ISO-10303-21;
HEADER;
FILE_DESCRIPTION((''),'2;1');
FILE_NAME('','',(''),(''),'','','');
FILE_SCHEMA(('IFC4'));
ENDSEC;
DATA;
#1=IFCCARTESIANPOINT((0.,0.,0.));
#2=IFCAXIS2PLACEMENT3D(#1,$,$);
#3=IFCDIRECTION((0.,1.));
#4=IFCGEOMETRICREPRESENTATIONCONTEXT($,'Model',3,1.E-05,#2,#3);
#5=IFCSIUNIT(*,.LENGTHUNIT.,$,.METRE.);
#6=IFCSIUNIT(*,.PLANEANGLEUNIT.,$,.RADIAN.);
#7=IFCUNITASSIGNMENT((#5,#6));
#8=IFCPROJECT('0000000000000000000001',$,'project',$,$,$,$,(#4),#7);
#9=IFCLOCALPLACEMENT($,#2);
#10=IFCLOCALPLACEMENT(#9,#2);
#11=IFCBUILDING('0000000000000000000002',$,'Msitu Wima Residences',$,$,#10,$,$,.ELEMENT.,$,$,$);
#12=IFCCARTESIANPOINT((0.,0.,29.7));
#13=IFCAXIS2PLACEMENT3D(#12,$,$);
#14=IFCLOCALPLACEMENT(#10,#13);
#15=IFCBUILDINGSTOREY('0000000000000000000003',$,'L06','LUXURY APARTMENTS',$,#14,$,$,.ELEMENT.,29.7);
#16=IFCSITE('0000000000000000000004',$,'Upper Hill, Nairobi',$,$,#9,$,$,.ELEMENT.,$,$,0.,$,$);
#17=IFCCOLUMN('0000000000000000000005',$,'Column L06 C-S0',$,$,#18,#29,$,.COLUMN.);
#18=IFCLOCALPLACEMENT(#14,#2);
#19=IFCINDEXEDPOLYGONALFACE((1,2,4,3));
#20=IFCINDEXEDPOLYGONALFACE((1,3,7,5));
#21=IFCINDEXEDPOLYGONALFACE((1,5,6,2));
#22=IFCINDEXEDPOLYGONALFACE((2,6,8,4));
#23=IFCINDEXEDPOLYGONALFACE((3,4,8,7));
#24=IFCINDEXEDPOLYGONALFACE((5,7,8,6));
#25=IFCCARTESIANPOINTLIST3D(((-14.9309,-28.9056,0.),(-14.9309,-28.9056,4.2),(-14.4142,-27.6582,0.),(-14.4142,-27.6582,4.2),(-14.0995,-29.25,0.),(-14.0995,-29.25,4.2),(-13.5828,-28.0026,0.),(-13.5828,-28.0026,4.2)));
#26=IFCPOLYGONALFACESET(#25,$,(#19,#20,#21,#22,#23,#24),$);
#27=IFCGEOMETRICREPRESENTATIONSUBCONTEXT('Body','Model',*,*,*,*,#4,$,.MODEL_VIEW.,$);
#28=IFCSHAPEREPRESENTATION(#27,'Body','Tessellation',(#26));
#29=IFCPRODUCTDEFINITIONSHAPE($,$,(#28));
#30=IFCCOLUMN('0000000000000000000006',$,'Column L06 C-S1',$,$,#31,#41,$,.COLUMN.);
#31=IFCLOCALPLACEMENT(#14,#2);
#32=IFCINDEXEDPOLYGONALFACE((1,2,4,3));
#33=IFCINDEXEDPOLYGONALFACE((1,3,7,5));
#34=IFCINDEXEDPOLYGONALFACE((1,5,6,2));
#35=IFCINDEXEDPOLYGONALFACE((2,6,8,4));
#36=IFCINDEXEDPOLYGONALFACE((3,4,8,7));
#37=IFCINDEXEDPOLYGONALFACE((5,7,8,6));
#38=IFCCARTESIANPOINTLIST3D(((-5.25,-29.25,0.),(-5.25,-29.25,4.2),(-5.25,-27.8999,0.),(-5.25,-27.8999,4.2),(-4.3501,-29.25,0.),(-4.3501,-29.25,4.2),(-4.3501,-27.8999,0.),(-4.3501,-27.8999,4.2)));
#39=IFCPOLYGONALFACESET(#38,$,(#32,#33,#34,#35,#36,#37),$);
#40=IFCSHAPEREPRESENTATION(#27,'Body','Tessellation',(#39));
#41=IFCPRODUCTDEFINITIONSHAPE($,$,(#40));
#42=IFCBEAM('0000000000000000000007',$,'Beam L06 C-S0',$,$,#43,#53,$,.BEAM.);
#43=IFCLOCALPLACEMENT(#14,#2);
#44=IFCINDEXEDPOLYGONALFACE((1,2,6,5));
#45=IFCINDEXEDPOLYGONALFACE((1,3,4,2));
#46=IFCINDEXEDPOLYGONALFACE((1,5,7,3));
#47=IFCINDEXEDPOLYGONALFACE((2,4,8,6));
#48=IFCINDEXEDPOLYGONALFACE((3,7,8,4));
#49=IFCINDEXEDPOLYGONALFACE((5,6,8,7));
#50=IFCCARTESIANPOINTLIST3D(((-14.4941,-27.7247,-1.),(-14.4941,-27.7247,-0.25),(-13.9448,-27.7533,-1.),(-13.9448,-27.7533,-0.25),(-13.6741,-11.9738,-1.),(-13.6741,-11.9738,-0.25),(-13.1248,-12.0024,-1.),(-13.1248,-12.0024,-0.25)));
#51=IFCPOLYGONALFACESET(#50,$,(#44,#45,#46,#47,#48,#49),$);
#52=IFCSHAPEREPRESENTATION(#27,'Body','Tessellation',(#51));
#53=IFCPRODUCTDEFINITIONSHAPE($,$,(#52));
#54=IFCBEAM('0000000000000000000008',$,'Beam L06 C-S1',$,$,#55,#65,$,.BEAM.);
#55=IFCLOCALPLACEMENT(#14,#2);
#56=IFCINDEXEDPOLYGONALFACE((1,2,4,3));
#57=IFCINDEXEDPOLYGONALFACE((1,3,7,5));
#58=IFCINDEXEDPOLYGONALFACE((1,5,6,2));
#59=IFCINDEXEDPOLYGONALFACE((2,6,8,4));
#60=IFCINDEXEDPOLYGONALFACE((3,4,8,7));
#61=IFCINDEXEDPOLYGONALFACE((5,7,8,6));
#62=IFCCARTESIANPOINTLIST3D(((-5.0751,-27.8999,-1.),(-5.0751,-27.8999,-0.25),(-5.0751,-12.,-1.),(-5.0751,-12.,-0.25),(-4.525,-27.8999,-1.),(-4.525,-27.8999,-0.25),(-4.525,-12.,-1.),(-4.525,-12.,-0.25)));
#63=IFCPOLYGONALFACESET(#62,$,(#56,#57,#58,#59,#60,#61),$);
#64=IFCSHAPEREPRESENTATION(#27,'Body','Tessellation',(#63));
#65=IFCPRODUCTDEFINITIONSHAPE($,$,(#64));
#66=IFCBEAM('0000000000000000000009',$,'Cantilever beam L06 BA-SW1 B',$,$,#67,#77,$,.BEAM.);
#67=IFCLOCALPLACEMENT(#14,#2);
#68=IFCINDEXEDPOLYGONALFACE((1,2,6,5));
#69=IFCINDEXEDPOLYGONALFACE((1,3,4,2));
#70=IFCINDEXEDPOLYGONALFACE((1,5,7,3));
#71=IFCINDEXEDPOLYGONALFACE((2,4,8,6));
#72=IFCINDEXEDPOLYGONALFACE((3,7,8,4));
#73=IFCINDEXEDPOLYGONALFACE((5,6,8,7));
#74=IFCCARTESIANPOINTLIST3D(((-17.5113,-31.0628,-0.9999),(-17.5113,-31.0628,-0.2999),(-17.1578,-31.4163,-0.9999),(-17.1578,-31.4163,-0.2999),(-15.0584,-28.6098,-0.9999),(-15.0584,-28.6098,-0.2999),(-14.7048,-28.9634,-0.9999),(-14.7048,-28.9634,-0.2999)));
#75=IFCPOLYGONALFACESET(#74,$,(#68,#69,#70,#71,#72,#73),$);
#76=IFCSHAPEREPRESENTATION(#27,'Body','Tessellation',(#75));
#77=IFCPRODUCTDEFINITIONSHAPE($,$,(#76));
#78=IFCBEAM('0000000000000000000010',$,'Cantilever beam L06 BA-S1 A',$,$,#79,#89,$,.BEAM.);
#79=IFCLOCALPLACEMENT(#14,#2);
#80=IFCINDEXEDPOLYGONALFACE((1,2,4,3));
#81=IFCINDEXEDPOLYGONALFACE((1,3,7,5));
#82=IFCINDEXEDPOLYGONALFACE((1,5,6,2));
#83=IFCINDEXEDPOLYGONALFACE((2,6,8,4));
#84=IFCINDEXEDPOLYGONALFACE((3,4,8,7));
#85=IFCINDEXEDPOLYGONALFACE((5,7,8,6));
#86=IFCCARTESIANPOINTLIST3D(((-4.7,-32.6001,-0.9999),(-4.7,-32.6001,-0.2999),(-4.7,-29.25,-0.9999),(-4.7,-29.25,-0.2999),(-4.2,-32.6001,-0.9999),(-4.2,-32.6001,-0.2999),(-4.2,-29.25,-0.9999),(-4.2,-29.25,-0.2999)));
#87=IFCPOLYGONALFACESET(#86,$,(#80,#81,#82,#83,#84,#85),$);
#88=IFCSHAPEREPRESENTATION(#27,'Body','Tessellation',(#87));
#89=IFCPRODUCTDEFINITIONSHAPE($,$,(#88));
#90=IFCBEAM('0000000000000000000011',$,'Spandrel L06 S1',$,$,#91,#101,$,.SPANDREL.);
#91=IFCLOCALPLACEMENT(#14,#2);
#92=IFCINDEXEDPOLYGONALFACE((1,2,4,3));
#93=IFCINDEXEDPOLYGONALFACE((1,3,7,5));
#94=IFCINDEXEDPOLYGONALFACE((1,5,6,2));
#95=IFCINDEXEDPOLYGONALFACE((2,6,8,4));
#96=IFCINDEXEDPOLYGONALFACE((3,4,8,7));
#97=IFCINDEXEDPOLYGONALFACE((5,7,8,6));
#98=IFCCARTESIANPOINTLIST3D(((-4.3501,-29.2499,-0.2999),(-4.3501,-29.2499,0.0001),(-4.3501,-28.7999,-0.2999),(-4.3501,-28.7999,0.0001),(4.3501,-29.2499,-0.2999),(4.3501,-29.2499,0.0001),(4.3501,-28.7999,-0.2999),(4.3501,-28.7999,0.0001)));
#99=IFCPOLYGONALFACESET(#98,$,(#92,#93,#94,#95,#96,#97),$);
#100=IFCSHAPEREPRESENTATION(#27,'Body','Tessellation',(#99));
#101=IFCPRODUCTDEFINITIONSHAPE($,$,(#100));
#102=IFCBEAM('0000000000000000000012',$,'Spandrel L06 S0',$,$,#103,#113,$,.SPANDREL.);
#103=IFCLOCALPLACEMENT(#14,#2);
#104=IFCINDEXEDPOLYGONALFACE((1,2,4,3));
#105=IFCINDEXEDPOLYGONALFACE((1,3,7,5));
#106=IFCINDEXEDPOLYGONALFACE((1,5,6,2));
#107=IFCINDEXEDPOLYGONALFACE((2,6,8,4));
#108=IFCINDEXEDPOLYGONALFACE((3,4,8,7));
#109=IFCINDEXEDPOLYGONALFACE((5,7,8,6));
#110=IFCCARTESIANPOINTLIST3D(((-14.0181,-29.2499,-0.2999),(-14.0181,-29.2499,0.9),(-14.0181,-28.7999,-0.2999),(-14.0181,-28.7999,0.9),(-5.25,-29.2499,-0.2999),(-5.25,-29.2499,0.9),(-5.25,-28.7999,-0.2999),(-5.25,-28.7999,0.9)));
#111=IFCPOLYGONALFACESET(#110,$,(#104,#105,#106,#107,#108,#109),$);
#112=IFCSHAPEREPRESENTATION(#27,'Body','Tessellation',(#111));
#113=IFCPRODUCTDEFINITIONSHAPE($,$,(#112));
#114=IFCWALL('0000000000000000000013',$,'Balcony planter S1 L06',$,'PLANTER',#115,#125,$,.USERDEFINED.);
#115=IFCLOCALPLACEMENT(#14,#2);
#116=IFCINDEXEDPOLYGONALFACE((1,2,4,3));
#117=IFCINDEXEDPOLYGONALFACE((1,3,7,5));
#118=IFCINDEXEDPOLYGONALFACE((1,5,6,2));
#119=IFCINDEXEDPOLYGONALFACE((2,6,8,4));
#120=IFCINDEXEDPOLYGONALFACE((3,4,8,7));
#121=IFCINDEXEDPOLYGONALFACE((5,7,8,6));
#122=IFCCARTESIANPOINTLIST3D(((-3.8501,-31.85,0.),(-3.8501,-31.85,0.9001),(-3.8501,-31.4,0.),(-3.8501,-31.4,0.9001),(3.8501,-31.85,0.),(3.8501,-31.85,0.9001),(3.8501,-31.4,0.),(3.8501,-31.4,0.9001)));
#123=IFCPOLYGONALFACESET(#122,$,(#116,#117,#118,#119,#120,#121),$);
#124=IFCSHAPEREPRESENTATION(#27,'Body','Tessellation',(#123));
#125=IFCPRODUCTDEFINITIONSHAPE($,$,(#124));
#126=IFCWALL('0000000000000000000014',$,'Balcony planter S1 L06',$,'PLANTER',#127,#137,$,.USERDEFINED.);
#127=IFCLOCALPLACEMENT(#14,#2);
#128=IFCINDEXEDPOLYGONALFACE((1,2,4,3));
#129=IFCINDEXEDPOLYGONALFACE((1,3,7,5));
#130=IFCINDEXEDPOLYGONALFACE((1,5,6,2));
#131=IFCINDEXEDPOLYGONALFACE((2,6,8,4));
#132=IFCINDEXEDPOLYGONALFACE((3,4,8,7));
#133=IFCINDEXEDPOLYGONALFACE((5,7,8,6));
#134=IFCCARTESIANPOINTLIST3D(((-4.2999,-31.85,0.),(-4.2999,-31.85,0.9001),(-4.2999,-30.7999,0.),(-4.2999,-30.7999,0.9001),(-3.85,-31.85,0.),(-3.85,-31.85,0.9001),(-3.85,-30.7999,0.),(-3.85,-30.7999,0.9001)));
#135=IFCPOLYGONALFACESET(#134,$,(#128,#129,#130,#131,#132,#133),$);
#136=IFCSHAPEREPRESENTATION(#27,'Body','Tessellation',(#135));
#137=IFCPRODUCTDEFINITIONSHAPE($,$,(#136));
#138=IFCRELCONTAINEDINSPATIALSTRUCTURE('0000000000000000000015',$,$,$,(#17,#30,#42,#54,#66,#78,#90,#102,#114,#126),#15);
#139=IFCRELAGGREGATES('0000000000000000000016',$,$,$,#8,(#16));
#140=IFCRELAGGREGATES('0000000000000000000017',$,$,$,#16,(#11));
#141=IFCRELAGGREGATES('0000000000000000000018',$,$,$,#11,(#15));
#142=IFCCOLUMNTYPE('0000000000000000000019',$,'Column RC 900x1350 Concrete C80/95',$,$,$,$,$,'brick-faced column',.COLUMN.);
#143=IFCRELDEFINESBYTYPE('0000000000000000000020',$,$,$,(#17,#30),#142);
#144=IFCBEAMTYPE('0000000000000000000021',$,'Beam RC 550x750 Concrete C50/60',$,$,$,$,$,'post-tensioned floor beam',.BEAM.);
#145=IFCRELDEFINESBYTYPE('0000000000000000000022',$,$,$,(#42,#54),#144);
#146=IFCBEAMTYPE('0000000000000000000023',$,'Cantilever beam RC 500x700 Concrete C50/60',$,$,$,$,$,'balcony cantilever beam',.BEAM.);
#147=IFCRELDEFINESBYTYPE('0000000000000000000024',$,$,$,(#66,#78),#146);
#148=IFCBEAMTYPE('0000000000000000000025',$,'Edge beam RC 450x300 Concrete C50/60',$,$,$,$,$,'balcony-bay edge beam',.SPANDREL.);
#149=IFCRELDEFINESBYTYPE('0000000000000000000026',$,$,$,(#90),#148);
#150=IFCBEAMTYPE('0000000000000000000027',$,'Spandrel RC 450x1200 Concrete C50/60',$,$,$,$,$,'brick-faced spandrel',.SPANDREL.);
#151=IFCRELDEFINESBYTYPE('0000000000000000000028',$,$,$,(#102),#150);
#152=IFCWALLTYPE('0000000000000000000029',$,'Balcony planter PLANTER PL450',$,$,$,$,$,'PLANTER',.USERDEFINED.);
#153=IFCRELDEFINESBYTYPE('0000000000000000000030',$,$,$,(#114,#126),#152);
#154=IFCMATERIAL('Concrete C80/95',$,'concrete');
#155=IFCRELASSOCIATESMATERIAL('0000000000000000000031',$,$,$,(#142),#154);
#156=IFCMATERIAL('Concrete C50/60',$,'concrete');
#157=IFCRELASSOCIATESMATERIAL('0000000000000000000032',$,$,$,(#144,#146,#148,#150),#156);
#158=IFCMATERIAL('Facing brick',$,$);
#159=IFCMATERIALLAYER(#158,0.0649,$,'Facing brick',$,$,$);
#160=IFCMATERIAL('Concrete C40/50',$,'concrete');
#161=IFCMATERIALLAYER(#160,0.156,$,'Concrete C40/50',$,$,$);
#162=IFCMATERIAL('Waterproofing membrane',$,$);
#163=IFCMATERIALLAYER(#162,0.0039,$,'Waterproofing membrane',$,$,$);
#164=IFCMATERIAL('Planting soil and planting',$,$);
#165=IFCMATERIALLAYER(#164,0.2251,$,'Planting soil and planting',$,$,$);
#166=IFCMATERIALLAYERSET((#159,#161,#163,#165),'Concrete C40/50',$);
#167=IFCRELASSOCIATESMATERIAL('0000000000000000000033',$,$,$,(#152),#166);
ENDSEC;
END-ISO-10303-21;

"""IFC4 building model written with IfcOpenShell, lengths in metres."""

from ifc_helpers import new_model, si_unit, direction, frame, frame_2d, origin, origin_2d, place, context, subcontext, project, spatial, rectangle, extrude, material, layer, layer_set, material_profile, profile_set, type_object, element, save


model = new_model("IFC4")

# Units and contexts
model_context = context("Model", 3, precision=1e-05, world=origin(), true_north=direction((0.0, 1.0)))
body_context = subcontext(model_context, "Body", "Model", "MODEL_VIEW")
ifc_project = project(units=[si_unit("LENGTHUNIT", "METRE"), si_unit("PLANEANGLEUNIT", "RADIAN")], contexts=[model_context])

# Site, building, storey
site_placement = place(None, origin())
site = spatial("IfcSite", under=ifc_project, at=site_placement, Name="Upper Hill, Nairobi", CompositionType="ELEMENT", RefElevation=0.0)
building_placement = place(site_placement, origin())
building = spatial("IfcBuilding", under=site, at=building_placement, Name="Msitu Wima Residences", CompositionType="ELEMENT")
storey_placement = place(building_placement, frame((0.0, 0.0, 29.7)))
storey = spatial("IfcBuildingStorey", under=building, at=storey_placement, Name="L06", Description="LUXURY APARTMENTS", CompositionType="ELEMENT", Elevation=29.7)

# Columns
ifc_material_1 = material(Name="Concrete C80/95", Category="concrete")
ifc_material_profile_1 = material_profile(ifc_material_1, rectangle(XDim=0.8999, YDim=1.3501, at=origin_2d()), Name="RC 900x1350")
ifc_profile_set_1 = profile_set([ifc_material_profile_1], Name="Concrete C80/95")
column_type = type_object("IfcColumnType", Name="Column RC 900x1350 Concrete C80/95", ElementType="brick-faced column", PredefinedType="COLUMN", material=ifc_profile_set_1)
for number, where, z_axis, x_axis, name in (
    (1, (-14.2568, -28.4541, 0.0), (0.0, 0.0, 1.0), (0.92388, -0.382683, 0.0), "Column L06 C-S0"),
    (2, (-4.8, -28.575, 0.0), (0.0, 0.0, 1.0), (1.0, 0.0, 0.0), "Column L06 C-S1"),
):
    element("IfcColumn", number, at=place(storey_placement, frame(where, z_axis=z_axis, x_axis=x_axis)), inside=storey, type_object=column_type, Name=name, PredefinedType="COLUMN", context=body_context, shape_type="SweptSolid", body=[
        extrude(rectangle(XDim=0.8999, YDim=1.3501, at=origin_2d()), origin(), (0.0, 0.0, 1.0), 4.2),
    ])

# Beams
ifc_material_2 = material(Name="Concrete C50/60", Category="concrete")
ifc_material_profile_2 = material_profile(ifc_material_2, rectangle(XDim=0.55, YDim=0.75, at=origin_2d()), Name="RC 550x750")
ifc_profile_set_2 = profile_set([ifc_material_profile_2], Name="Concrete C50/60")
beam_type_1 = type_object("IfcBeamType", Name="Beam RC 550x750 Concrete C50/60", ElementType="post-tensioned floor beam", PredefinedType="BEAM", material=ifc_profile_set_2)
beam_1_placement = place(storey_placement, frame((-14.2195, -27.739, -0.625), z_axis=(0.051994, 0.998647, 0.0), x_axis=(-0.998647, 0.051994, 0.0)))
element("IfcBeam", 3, at=beam_1_placement, inside=storey, type_object=beam_type_1, Name="Beam L06 C-S0", PredefinedType="BEAM", context=body_context, shape_type="SweptSolid", body=[
    extrude(rectangle(XDim=0.55, YDim=0.75, at=origin_2d()), origin(), (0.0, 0.0, 1.0), 15.7722),
])
beam_2_placement = place(storey_placement, frame((-4.8, -27.8999, -0.625), z_axis=(0.0, 1.0, 0.0), x_axis=(-1.0, 0.0, 0.0)))
element("IfcBeam", 4, at=beam_2_placement, inside=storey, type_object=beam_type_1, Name="Beam L06 C-S1", PredefinedType="BEAM", context=body_context, shape_type="SweptSolid", body=[
    extrude(rectangle(XDim=0.55, YDim=0.75, at=origin_2d()), origin(), (0.0, 0.0, 1.0), 15.8999),
])
ifc_material_profile_3 = material_profile(ifc_material_2, rectangle(XDim=0.5, YDim=0.7, at=origin_2d()), Name="RC 500x700")
ifc_profile_set_3 = profile_set([ifc_material_profile_3], Name="Concrete C50/60")
beam_type_2 = type_object("IfcBeamType", Name="Cantilever beam RC 500x700 Concrete C50/60", ElementType="balcony cantilever beam", PredefinedType="BEAM", material=ifc_profile_set_3)
beam_3_placement = place(storey_placement, frame((-14.8816, -28.7866, -0.6499), z_axis=(-0.707107, -0.707107, 0.0), x_axis=(0.707107, -0.707107, 0.0)))
element("IfcBeam", 5, at=beam_3_placement, inside=storey, type_object=beam_type_2, Name="Cantilever beam L06 BA-SW1 B", PredefinedType="BEAM", context=body_context, shape_type="SweptSolid", body=[
    extrude(rectangle(XDim=0.5, YDim=0.7, at=origin_2d()), origin(), (0.0, 0.0, 1.0), 3.469),
])
beam_4_placement = place(storey_placement, frame((-4.45, -29.25, -0.6499), z_axis=(0.0, -1.0, 0.0), x_axis=(1.0, 0.0, 0.0)))
element("IfcBeam", 6, at=beam_4_placement, inside=storey, type_object=beam_type_2, Name="Cantilever beam L06 BA-S1 A", PredefinedType="BEAM", context=body_context, shape_type="SweptSolid", body=[
    extrude(rectangle(XDim=0.5, YDim=0.7, at=origin_2d()), origin(), (0.0, 0.0, 1.0), 3.3501),
])
ifc_material_profile_4 = material_profile(ifc_material_2, rectangle(XDim=0.45, YDim=0.3, at=origin_2d()), Name="RC 450x300")
ifc_profile_set_4 = profile_set([ifc_material_profile_4], Name="Concrete C50/60")
beam_type_3 = type_object("IfcBeamType", Name="Edge beam RC 450x300 Concrete C50/60", ElementType="balcony-bay edge beam", PredefinedType="SPANDREL", material=ifc_profile_set_4)
beam_5_placement = place(storey_placement, frame((-4.3501, -29.0249, -0.1499), z_axis=(1.0, 0.0, 0.0), x_axis=(0.0, 1.0, 0.0)))
element("IfcBeam", 7, at=beam_5_placement, inside=storey, type_object=beam_type_3, Name="Spandrel L06 S1", PredefinedType="SPANDREL", context=body_context, shape_type="SweptSolid", body=[
    extrude(rectangle(XDim=0.45, YDim=0.3, at=origin_2d()), origin(), (0.0, 0.0, 1.0), 8.7002),
])
ifc_material_profile_5 = material_profile(ifc_material_2, rectangle(XDim=0.45, YDim=1.2, at=origin_2d()), Name="RC 450x1200")
ifc_profile_set_5 = profile_set([ifc_material_profile_5], Name="Concrete C50/60")
beam_type_4 = type_object("IfcBeamType", Name="Spandrel RC 450x1200 Concrete C50/60", ElementType="brick-faced spandrel", PredefinedType="SPANDREL", material=ifc_profile_set_5)
beam_6_placement = place(storey_placement, frame((-14.0181, -29.0249, 0.3), z_axis=(1.0, 0.0, 0.0), x_axis=(0.0, 1.0, 0.0)))
element("IfcBeam", 8, at=beam_6_placement, inside=storey, type_object=beam_type_4, Name="Spandrel L06 S0", PredefinedType="SPANDREL", context=body_context, shape_type="SweptSolid", body=[
    extrude(rectangle(XDim=0.45, YDim=1.2, at=origin_2d()), origin(), (0.0, 0.0, 1.0), 8.7681),
])

# Walls
ifc_material_3 = material(Name="Facing brick")
ifc_layer_1 = layer(ifc_material_3, 0.0649, Name="Facing brick")
ifc_material_4 = material(Name="Concrete C40/50", Category="concrete")
ifc_layer_2 = layer(ifc_material_4, 0.156, Name="Concrete C40/50")
ifc_material_5 = material(Name="Waterproofing membrane")
ifc_layer_3 = layer(ifc_material_5, 0.0039, Name="Waterproofing membrane")
ifc_material_6 = material(Name="Planting soil and planting")
ifc_layer_4 = layer(ifc_material_6, 0.2251, Name="Planting soil and planting")
ifc_layer_set_1 = layer_set([ifc_layer_1, ifc_layer_2, ifc_layer_3, ifc_layer_4], Name="Concrete C40/50")
wall_type_1 = type_object("IfcWallType", Name="Balcony planter PLANTER PL450", ElementType="PLANTER", PredefinedType="USERDEFINED", material=ifc_layer_set_1)
wall_1_placement = place(storey_placement, frame((-3.8501, -31.625, 0.0), z_axis=(0.0, 0.0, 1.0), x_axis=(1.0, 0.0, 0.0)))
element("IfcWall", 9, at=wall_1_placement, inside=storey, type_object=wall_type_1, Name="Balcony planter S1 L06", ObjectType="PLANTER", PredefinedType="USERDEFINED", context=body_context, shape_type="SweptSolid", body=[
    extrude(rectangle(XDim=7.7002, YDim=0.45, at=frame_2d((3.8501, 0.0))), origin(), (0.0, 0.0, 1.0), 0.9001),
])
wall_2_placement = place(storey_placement, frame((-4.075, -30.8, 0.0), z_axis=(0.0, 0.0, 1.0), x_axis=(0.0, -1.0, 0.0)))
element("IfcWall", 10, at=wall_2_placement, inside=storey, type_object=wall_type_1, Name="Balcony planter S1 L06", ObjectType="PLANTER", PredefinedType="USERDEFINED", context=body_context, shape_type="SweptSolid", body=[
    extrude(rectangle(XDim=1.05, YDim=0.45, at=frame_2d((0.5249, 0.0))), origin(), (0.0, 0.0, 1.0), 0.9001),
])

save(model, "model.ifc")
